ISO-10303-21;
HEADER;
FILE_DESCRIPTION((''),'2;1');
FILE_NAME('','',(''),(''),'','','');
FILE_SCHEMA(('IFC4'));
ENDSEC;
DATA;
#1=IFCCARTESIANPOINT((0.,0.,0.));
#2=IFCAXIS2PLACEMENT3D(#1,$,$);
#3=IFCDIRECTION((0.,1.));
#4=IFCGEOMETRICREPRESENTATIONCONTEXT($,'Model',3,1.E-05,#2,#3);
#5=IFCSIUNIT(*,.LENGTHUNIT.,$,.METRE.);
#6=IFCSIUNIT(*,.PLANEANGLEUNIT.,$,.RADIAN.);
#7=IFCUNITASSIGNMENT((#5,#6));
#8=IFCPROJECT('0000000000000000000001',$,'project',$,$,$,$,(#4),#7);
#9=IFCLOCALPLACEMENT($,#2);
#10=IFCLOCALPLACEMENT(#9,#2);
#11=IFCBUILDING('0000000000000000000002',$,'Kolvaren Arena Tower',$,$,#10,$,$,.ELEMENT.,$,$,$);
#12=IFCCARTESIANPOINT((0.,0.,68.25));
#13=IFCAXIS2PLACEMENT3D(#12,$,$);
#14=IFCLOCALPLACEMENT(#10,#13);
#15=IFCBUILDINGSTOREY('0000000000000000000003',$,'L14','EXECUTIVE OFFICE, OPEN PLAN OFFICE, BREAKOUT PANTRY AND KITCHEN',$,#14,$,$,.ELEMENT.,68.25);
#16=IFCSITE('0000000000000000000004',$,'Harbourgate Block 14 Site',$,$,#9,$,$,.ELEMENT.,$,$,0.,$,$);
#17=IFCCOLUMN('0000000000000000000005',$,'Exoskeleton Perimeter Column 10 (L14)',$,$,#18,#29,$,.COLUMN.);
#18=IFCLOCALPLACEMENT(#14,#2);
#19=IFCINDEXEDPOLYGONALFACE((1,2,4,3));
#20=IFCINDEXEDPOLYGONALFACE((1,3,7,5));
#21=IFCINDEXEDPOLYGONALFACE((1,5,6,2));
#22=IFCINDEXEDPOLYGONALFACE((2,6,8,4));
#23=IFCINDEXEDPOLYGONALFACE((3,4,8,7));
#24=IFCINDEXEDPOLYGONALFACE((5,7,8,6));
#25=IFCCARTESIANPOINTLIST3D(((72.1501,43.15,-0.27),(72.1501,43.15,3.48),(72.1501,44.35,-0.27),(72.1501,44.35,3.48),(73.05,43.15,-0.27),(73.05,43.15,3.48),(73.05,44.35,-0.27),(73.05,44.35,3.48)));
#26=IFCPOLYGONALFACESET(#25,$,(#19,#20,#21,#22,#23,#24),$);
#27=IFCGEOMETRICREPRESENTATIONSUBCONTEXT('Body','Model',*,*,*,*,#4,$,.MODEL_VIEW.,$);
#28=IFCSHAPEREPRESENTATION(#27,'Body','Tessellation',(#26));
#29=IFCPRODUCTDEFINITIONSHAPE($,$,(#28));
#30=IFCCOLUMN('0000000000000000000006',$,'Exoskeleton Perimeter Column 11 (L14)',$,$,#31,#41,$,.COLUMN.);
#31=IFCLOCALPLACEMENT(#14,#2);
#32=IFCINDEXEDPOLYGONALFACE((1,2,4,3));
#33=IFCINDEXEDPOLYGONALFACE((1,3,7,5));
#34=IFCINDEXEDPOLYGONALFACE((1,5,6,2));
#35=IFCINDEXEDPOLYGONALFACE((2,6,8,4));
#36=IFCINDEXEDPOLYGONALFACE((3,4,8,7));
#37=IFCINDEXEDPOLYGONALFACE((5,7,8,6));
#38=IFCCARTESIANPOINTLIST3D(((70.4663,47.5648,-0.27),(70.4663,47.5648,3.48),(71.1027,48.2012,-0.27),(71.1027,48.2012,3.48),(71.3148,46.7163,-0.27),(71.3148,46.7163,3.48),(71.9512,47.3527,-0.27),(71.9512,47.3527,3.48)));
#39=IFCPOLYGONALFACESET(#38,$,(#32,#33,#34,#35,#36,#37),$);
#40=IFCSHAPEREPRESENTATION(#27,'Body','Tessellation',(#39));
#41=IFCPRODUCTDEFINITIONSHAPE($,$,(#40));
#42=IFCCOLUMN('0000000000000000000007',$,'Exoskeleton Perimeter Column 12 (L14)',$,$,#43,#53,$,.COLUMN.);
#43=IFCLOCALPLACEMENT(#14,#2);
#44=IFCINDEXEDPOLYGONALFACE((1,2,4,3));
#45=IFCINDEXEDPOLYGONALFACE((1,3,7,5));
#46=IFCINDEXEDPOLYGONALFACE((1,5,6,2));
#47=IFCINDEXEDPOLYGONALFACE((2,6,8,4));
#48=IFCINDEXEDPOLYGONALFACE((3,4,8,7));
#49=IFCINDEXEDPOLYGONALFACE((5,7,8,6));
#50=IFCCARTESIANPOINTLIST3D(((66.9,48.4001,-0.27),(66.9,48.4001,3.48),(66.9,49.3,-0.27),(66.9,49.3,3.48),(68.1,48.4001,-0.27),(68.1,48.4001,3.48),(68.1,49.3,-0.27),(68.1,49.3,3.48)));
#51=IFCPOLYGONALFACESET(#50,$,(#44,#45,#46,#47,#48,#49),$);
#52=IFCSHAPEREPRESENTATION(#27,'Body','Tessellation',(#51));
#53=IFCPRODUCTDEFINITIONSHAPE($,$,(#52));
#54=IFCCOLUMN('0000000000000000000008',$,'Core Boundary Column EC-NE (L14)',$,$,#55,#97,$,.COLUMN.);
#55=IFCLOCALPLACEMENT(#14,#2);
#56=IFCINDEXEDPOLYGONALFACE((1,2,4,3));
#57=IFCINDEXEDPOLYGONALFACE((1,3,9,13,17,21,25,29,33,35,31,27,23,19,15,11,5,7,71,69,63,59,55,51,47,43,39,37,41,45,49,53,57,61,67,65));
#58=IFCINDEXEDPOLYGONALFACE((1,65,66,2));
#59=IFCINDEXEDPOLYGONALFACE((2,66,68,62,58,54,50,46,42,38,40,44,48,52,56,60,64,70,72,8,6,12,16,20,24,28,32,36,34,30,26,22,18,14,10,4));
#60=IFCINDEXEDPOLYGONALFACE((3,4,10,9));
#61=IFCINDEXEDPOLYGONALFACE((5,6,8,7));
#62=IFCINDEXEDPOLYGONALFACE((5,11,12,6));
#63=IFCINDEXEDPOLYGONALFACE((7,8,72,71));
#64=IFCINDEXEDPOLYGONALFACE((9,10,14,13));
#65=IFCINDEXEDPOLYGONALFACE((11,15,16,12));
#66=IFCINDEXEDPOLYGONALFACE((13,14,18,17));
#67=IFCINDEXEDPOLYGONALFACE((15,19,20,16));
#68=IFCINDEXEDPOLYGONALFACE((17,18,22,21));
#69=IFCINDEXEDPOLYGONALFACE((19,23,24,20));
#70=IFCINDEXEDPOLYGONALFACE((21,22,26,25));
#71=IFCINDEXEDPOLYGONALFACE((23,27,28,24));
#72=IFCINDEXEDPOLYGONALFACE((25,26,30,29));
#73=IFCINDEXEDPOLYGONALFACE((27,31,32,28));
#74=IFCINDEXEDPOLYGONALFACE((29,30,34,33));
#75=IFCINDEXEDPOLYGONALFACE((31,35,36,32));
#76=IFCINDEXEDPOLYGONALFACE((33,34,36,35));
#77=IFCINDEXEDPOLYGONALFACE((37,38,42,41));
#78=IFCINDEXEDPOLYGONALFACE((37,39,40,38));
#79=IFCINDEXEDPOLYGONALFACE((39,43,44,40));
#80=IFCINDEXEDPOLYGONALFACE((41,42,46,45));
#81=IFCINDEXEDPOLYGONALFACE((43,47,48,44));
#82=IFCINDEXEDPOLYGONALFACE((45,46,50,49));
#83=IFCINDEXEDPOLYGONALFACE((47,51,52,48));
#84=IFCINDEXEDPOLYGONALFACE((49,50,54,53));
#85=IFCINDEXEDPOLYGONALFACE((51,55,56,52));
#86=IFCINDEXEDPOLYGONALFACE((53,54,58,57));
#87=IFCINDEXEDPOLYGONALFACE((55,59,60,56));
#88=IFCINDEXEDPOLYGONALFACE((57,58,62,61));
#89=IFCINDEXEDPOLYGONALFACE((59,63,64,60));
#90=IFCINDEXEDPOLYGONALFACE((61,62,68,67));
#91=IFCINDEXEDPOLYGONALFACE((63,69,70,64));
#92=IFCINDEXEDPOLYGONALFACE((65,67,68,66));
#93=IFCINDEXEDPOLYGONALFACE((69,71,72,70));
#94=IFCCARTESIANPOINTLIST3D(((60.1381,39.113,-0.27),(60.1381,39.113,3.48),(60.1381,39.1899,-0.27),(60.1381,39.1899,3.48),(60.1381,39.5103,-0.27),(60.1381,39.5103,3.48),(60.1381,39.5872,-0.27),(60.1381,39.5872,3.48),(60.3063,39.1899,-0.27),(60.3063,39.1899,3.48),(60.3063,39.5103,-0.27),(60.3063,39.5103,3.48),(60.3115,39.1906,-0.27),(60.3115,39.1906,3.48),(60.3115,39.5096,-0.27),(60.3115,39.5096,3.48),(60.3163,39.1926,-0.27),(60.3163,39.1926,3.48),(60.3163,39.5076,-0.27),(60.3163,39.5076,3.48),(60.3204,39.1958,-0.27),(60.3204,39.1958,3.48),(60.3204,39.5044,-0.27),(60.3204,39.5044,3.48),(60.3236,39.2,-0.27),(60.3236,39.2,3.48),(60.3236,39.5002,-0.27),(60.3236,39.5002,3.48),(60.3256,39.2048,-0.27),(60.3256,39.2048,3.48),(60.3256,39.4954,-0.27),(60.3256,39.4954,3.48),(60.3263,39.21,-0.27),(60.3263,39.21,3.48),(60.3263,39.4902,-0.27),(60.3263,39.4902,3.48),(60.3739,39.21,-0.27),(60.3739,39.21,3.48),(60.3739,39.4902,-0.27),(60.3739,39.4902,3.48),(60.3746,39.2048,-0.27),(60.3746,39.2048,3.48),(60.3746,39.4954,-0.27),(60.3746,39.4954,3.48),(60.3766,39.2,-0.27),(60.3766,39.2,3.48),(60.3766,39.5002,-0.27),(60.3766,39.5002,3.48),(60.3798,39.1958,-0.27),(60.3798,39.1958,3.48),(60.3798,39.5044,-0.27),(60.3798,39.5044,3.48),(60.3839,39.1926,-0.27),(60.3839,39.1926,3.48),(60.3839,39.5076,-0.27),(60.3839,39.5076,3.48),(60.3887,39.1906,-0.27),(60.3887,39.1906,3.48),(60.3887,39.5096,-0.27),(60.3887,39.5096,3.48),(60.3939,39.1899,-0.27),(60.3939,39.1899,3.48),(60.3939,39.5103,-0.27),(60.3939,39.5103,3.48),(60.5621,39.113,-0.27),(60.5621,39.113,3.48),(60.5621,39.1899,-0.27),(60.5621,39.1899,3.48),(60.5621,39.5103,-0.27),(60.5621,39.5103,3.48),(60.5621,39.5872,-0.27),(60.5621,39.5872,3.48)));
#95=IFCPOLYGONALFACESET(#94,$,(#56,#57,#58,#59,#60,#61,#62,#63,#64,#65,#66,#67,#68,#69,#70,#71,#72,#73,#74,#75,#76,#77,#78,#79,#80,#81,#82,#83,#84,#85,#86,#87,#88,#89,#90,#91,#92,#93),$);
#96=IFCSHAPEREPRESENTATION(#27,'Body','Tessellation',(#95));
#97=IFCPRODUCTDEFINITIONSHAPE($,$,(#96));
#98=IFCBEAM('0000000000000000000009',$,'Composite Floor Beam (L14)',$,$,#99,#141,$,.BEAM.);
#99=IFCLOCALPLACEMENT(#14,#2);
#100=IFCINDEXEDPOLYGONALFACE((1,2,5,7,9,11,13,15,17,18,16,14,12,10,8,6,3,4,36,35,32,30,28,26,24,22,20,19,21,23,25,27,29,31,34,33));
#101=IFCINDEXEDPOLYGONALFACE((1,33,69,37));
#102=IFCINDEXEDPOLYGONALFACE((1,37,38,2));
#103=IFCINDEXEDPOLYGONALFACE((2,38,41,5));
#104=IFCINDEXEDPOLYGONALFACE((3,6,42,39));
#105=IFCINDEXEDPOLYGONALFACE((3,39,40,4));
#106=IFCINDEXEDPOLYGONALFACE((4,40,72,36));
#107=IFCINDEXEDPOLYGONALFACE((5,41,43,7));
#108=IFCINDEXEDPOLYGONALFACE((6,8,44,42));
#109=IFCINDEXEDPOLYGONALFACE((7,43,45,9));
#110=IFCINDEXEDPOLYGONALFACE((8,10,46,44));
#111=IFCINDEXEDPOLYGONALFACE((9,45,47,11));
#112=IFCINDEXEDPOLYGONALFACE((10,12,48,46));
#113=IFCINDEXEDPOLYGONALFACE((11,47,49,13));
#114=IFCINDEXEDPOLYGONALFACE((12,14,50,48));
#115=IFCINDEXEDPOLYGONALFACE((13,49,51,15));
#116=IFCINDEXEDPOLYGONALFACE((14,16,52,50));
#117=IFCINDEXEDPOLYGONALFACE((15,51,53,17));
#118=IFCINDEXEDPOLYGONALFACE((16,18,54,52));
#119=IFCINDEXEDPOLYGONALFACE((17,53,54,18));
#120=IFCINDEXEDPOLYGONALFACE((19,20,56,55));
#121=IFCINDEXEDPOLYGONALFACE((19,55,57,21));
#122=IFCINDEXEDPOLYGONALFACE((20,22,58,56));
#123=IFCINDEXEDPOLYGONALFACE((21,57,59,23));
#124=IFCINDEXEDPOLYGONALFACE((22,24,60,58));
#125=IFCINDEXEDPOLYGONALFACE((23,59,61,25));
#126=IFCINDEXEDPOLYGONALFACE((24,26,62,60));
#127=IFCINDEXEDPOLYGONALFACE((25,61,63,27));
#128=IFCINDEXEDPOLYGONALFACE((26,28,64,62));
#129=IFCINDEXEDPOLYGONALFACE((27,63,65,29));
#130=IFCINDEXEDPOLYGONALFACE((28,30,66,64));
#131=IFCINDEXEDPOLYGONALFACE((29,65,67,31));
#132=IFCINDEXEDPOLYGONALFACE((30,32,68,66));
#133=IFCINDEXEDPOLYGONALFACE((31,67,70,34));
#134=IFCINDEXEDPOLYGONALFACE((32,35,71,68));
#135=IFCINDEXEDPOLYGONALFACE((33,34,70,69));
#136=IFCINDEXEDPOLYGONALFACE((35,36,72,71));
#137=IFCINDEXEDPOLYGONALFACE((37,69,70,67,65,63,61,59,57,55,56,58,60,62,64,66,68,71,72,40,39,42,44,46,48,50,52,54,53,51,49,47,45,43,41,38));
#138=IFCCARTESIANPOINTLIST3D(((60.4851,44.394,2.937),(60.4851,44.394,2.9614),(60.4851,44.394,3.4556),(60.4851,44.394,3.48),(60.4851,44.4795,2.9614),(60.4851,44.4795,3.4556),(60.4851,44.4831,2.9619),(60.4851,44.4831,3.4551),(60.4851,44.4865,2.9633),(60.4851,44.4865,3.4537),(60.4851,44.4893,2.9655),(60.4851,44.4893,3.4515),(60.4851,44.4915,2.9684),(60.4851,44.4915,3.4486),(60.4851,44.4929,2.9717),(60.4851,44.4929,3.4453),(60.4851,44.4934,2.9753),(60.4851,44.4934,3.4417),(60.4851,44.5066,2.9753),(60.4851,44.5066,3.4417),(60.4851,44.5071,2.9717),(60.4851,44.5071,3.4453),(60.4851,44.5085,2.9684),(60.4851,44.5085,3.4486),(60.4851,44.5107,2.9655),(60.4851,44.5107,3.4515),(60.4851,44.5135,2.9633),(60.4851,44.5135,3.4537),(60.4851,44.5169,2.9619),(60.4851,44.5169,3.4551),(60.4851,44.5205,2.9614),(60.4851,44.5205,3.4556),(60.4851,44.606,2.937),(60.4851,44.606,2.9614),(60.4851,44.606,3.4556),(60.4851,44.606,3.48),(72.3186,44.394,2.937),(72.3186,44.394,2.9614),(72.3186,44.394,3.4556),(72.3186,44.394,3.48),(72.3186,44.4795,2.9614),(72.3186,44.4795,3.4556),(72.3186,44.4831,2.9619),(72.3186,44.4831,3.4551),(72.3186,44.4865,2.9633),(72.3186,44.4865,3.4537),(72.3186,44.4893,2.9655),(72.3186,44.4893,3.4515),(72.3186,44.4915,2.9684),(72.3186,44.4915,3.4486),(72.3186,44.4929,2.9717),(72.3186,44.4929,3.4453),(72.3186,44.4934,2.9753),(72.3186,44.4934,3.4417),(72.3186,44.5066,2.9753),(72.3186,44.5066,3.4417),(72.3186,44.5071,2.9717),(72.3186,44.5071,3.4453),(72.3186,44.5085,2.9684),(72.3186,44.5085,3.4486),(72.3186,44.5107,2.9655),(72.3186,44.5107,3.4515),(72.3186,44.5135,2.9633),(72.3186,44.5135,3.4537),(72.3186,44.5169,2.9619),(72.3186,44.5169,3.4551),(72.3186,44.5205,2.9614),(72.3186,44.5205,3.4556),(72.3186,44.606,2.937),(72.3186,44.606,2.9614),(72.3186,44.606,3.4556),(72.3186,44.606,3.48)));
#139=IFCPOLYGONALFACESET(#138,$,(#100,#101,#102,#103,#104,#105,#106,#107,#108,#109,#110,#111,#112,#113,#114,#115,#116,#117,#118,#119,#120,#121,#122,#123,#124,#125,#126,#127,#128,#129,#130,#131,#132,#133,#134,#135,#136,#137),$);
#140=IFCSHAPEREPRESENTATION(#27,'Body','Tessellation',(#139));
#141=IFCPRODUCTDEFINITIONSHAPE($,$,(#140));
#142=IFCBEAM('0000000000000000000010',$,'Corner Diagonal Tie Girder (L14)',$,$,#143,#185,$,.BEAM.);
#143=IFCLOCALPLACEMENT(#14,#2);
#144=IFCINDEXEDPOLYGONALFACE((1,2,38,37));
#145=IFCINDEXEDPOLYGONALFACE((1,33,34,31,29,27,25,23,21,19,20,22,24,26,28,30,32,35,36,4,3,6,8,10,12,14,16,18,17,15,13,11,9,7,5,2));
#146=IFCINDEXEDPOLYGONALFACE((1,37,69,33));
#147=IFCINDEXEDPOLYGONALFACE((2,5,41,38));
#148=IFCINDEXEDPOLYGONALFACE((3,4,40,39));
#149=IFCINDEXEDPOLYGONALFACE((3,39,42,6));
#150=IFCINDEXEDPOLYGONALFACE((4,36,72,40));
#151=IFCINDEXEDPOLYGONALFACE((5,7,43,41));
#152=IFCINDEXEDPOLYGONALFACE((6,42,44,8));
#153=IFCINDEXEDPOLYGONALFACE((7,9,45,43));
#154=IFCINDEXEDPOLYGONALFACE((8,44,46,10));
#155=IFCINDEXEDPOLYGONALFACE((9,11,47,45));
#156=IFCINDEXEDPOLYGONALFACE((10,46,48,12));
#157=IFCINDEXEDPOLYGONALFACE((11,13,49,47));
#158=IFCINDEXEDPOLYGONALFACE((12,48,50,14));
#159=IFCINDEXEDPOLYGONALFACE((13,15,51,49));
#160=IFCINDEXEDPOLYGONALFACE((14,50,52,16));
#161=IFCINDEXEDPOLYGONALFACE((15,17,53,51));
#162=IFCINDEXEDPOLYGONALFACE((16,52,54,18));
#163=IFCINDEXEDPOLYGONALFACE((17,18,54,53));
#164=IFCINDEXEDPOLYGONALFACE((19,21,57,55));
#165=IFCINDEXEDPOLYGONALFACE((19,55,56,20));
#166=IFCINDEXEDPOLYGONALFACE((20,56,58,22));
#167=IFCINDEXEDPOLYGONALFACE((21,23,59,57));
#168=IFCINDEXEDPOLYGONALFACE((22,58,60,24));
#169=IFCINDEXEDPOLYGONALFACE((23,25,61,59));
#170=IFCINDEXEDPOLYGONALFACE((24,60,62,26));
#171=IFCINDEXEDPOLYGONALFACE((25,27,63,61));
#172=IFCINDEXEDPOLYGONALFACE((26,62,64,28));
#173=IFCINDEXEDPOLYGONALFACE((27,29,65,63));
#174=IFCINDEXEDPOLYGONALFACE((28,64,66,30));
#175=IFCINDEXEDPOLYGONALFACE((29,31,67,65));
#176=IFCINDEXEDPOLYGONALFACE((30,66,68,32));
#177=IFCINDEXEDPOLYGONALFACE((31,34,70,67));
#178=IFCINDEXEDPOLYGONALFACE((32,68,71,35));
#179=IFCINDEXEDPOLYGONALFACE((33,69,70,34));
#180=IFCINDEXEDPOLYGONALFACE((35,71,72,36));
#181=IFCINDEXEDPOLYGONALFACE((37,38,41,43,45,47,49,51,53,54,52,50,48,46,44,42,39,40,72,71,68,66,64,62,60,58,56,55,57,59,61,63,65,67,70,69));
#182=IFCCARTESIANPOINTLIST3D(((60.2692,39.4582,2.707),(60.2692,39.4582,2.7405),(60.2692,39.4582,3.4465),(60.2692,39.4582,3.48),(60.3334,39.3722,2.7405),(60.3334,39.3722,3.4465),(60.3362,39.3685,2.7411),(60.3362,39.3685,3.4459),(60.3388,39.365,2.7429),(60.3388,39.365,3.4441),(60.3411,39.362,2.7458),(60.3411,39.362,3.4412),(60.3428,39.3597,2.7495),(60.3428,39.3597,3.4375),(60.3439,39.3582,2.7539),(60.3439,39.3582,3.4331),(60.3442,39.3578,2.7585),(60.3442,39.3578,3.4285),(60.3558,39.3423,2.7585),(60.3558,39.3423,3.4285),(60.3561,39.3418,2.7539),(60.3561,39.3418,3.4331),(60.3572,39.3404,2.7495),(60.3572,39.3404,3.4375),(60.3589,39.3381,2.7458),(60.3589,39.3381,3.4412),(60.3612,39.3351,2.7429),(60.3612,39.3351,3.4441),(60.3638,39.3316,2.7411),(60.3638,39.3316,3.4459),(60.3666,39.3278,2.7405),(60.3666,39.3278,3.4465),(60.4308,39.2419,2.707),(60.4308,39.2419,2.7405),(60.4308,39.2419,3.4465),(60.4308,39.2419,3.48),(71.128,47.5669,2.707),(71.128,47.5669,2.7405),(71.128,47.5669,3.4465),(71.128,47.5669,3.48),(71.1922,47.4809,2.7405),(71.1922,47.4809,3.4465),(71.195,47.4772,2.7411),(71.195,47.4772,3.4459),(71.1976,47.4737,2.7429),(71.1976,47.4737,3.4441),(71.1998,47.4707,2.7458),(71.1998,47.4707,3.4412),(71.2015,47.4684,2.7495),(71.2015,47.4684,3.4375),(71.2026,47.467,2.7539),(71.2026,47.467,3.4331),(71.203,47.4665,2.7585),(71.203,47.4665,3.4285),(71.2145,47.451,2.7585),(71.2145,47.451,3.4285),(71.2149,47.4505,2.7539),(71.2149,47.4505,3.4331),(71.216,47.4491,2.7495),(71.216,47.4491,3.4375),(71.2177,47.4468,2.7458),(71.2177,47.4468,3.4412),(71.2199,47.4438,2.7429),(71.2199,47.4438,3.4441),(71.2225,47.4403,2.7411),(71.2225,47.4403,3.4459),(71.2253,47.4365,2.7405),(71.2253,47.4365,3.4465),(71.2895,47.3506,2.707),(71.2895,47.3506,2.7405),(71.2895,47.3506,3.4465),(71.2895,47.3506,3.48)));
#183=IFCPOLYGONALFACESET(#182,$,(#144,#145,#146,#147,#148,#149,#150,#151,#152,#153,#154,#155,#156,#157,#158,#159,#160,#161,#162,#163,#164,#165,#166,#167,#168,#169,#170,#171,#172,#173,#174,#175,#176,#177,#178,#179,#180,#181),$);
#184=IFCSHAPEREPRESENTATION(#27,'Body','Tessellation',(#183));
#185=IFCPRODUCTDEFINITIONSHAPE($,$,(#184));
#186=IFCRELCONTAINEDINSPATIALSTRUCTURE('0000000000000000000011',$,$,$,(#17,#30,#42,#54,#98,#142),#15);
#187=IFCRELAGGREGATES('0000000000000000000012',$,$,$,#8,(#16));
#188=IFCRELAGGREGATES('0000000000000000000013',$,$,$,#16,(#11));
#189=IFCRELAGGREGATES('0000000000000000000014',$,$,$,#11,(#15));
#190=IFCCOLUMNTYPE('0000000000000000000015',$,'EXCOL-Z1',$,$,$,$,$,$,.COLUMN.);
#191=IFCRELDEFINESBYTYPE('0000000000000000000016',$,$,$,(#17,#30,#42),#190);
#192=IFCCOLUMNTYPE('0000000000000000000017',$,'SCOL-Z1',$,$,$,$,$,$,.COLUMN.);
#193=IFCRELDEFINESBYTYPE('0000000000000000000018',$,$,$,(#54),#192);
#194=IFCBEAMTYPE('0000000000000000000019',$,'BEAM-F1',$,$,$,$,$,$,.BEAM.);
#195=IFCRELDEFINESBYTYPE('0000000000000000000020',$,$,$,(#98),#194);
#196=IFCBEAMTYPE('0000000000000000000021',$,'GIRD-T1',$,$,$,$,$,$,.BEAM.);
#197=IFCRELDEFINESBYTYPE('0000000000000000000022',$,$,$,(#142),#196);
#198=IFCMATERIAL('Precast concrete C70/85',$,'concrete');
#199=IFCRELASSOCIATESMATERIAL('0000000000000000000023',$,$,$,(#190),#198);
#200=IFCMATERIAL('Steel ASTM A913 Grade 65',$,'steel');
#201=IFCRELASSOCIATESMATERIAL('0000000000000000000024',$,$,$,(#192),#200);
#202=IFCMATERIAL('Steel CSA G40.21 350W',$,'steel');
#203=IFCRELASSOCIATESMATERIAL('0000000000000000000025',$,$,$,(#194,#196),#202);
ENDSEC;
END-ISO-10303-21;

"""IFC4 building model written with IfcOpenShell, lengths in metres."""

from ifc_helpers import new_model, si_unit, direction, frame, origin, origin_2d, place, context, subcontext, project, spatial, rectangle, i_section, extrude, material, material_profile, profile_set, type_object, element, save


model = new_model("IFC4")

# Units and contexts
model_context = context("Model", 3, precision=1e-05, world=origin(), true_north=direction((0.0, 1.0)))
body_context = subcontext(model_context, "Body", "Model", "MODEL_VIEW")
ifc_project = project(units=[si_unit("LENGTHUNIT", "METRE"), si_unit("PLANEANGLEUNIT", "RADIAN")], contexts=[model_context])

# Site, building, storey
site_placement = place(None, origin())
site = spatial("IfcSite", under=ifc_project, at=site_placement, Name="Harbourgate Block 14 Site", CompositionType="ELEMENT", RefElevation=0.0)
building_placement = place(site_placement, origin())
building = spatial("IfcBuilding", under=site, at=building_placement, Name="Kolvaren Arena Tower", CompositionType="ELEMENT")
storey_placement = place(building_placement, frame((0.0, 0.0, 68.25)))
storey = spatial("IfcBuildingStorey", under=building, at=storey_placement, Name="L14", Description="EXECUTIVE OFFICE, OPEN PLAN OFFICE, BREAKOUT PANTRY AND KITCHEN", CompositionType="ELEMENT", Elevation=68.25)

# Columns
ifc_material_1 = material(Name="Precast concrete C70/85", Category="concrete")
ifc_material_profile_1 = material_profile(ifc_material_1, rectangle(XDim=1.2, YDim=0.8999, at=origin_2d()), Name="RC-1200x900")
ifc_profile_set_1 = profile_set([ifc_material_profile_1], Name="Precast concrete C70/85")
column_type_1 = type_object("IfcColumnType", Name="EXCOL-Z1", PredefinedType="COLUMN", material=ifc_profile_set_1)
for number, where, z_axis, x_axis, name in (
    (1, (72.6001, 43.75, -0.27), (0.0, 0.0, 1.0), (0.0, 1.0, 0.0), "Exoskeleton Perimeter Column 10 (L14)"),
    (2, (71.2087, 47.4587, -0.27), (0.0, 0.0, 1.0), (-0.707107, 0.707107, 0.0), "Exoskeleton Perimeter Column 11 (L14)"),
    (3, (67.5, 48.8501, -0.27), (0.0, 0.0, 1.0), (1.0, 0.0, 0.0), "Exoskeleton Perimeter Column 12 (L14)"),
):
    element("IfcColumn", number, at=place(storey_placement, frame(where, z_axis=z_axis, x_axis=x_axis)), inside=storey, type_object=column_type_1, Name=name, PredefinedType="COLUMN", context=body_context, shape_type="SweptSolid", body=[
        extrude(rectangle(XDim=1.2, YDim=0.8999, at=origin_2d()), origin(), (0.0, 0.0, 1.0), 3.75),
    ])
ifc_material_2 = material(Name="Steel ASTM A913 Grade 65", Category="steel")
ifc_material_profile_2 = material_profile(ifc_material_2, i_section(OverallWidth=0.4241, OverallDepth=0.4741, WebThickness=0.0476, FlangeThickness=0.0769, FilletRadius=0.02, at=origin_2d()), Name="W360x634")
ifc_profile_set_2 = profile_set([ifc_material_profile_2], Name="Steel ASTM A913 Grade 65")
column_type_2 = type_object("IfcColumnType", Name="SCOL-Z1", PredefinedType="COLUMN", material=ifc_profile_set_2)
column_placement = place(storey_placement, frame((60.3501, 39.3501, -0.27), z_axis=(0.0, 0.0, 1.0), x_axis=(1.0, 0.0, 0.0)))
element("IfcColumn", 4, at=column_placement, inside=storey, type_object=column_type_2, Name="Core Boundary Column EC-NE (L14)", PredefinedType="COLUMN", context=body_context, shape_type="SweptSolid", body=[
    extrude(i_section(OverallWidth=0.4241, OverallDepth=0.4741, WebThickness=0.0476, FlangeThickness=0.0769, FilletRadius=0.02, at=origin_2d()), origin(), (0.0, 0.0, 1.0), 3.75),
])

# Beams
ifc_material_3 = material(Name="Steel CSA G40.21 350W", Category="steel")
ifc_material_profile_3 = material_profile(ifc_material_3, i_section(OverallWidth=0.2119, OverallDepth=0.543, WebThickness=0.0132, FlangeThickness=0.0244, FilletRadius=0.0139, at=origin_2d()), Name="W530x150")
ifc_profile_set_3 = profile_set([ifc_material_profile_3], Name="Steel CSA G40.21 350W")
beam_type_1 = type_object("IfcBeamType", Name="BEAM-F1", PredefinedType="BEAM", material=ifc_profile_set_3)
beam_1_placement = place(storey_placement, frame((60.4851, 44.5, 3.2085), z_axis=(1.0, 0.0, 0.0), x_axis=(0.0, 1.0, 0.0)))
element("IfcBeam", 5, at=beam_1_placement, inside=storey, type_object=beam_type_1, Name="Composite Floor Beam (L14)", PredefinedType="BEAM", context=body_context, shape_type="SweptSolid", body=[
    extrude(i_section(OverallWidth=0.2119, OverallDepth=0.543, WebThickness=0.0132, FlangeThickness=0.0244, FilletRadius=0.0139, at=origin_2d()), origin(), (0.0, 0.0, 1.0), 11.8335),
])
ifc_material_profile_4 = material_profile(ifc_material_3, i_section(OverallWidth=0.27, OverallDepth=0.7729, WebThickness=0.0193, FlangeThickness=0.0334, FilletRadius=0.0181, at=origin_2d()), Name="W760x257")
ifc_profile_set_4 = profile_set([ifc_material_profile_4], Name="Steel CSA G40.21 350W")
beam_type_2 = type_object("IfcBeamType", Name="GIRD-T1", PredefinedType="BEAM", material=ifc_profile_set_4)
beam_2_placement = place(storey_placement, frame((71.2087, 47.4587, 3.0935), z_axis=(-0.80125, -0.59833, 0.0), x_axis=(0.59833, -0.80125, 0.0)))
element("IfcBeam", 6, at=beam_2_placement, inside=storey, type_object=beam_type_2, Name="Corner Diagonal Tie Girder (L14)", PredefinedType="BEAM", context=body_context, shape_type="SweptSolid", body=[
    extrude(i_section(OverallWidth=0.27, OverallDepth=0.7729, WebThickness=0.0193, FlangeThickness=0.0334, FilletRadius=0.0181, at=origin_2d()), origin(), (0.0, 0.0, 1.0), 13.5522),
])

save(model, "model.ifc")
